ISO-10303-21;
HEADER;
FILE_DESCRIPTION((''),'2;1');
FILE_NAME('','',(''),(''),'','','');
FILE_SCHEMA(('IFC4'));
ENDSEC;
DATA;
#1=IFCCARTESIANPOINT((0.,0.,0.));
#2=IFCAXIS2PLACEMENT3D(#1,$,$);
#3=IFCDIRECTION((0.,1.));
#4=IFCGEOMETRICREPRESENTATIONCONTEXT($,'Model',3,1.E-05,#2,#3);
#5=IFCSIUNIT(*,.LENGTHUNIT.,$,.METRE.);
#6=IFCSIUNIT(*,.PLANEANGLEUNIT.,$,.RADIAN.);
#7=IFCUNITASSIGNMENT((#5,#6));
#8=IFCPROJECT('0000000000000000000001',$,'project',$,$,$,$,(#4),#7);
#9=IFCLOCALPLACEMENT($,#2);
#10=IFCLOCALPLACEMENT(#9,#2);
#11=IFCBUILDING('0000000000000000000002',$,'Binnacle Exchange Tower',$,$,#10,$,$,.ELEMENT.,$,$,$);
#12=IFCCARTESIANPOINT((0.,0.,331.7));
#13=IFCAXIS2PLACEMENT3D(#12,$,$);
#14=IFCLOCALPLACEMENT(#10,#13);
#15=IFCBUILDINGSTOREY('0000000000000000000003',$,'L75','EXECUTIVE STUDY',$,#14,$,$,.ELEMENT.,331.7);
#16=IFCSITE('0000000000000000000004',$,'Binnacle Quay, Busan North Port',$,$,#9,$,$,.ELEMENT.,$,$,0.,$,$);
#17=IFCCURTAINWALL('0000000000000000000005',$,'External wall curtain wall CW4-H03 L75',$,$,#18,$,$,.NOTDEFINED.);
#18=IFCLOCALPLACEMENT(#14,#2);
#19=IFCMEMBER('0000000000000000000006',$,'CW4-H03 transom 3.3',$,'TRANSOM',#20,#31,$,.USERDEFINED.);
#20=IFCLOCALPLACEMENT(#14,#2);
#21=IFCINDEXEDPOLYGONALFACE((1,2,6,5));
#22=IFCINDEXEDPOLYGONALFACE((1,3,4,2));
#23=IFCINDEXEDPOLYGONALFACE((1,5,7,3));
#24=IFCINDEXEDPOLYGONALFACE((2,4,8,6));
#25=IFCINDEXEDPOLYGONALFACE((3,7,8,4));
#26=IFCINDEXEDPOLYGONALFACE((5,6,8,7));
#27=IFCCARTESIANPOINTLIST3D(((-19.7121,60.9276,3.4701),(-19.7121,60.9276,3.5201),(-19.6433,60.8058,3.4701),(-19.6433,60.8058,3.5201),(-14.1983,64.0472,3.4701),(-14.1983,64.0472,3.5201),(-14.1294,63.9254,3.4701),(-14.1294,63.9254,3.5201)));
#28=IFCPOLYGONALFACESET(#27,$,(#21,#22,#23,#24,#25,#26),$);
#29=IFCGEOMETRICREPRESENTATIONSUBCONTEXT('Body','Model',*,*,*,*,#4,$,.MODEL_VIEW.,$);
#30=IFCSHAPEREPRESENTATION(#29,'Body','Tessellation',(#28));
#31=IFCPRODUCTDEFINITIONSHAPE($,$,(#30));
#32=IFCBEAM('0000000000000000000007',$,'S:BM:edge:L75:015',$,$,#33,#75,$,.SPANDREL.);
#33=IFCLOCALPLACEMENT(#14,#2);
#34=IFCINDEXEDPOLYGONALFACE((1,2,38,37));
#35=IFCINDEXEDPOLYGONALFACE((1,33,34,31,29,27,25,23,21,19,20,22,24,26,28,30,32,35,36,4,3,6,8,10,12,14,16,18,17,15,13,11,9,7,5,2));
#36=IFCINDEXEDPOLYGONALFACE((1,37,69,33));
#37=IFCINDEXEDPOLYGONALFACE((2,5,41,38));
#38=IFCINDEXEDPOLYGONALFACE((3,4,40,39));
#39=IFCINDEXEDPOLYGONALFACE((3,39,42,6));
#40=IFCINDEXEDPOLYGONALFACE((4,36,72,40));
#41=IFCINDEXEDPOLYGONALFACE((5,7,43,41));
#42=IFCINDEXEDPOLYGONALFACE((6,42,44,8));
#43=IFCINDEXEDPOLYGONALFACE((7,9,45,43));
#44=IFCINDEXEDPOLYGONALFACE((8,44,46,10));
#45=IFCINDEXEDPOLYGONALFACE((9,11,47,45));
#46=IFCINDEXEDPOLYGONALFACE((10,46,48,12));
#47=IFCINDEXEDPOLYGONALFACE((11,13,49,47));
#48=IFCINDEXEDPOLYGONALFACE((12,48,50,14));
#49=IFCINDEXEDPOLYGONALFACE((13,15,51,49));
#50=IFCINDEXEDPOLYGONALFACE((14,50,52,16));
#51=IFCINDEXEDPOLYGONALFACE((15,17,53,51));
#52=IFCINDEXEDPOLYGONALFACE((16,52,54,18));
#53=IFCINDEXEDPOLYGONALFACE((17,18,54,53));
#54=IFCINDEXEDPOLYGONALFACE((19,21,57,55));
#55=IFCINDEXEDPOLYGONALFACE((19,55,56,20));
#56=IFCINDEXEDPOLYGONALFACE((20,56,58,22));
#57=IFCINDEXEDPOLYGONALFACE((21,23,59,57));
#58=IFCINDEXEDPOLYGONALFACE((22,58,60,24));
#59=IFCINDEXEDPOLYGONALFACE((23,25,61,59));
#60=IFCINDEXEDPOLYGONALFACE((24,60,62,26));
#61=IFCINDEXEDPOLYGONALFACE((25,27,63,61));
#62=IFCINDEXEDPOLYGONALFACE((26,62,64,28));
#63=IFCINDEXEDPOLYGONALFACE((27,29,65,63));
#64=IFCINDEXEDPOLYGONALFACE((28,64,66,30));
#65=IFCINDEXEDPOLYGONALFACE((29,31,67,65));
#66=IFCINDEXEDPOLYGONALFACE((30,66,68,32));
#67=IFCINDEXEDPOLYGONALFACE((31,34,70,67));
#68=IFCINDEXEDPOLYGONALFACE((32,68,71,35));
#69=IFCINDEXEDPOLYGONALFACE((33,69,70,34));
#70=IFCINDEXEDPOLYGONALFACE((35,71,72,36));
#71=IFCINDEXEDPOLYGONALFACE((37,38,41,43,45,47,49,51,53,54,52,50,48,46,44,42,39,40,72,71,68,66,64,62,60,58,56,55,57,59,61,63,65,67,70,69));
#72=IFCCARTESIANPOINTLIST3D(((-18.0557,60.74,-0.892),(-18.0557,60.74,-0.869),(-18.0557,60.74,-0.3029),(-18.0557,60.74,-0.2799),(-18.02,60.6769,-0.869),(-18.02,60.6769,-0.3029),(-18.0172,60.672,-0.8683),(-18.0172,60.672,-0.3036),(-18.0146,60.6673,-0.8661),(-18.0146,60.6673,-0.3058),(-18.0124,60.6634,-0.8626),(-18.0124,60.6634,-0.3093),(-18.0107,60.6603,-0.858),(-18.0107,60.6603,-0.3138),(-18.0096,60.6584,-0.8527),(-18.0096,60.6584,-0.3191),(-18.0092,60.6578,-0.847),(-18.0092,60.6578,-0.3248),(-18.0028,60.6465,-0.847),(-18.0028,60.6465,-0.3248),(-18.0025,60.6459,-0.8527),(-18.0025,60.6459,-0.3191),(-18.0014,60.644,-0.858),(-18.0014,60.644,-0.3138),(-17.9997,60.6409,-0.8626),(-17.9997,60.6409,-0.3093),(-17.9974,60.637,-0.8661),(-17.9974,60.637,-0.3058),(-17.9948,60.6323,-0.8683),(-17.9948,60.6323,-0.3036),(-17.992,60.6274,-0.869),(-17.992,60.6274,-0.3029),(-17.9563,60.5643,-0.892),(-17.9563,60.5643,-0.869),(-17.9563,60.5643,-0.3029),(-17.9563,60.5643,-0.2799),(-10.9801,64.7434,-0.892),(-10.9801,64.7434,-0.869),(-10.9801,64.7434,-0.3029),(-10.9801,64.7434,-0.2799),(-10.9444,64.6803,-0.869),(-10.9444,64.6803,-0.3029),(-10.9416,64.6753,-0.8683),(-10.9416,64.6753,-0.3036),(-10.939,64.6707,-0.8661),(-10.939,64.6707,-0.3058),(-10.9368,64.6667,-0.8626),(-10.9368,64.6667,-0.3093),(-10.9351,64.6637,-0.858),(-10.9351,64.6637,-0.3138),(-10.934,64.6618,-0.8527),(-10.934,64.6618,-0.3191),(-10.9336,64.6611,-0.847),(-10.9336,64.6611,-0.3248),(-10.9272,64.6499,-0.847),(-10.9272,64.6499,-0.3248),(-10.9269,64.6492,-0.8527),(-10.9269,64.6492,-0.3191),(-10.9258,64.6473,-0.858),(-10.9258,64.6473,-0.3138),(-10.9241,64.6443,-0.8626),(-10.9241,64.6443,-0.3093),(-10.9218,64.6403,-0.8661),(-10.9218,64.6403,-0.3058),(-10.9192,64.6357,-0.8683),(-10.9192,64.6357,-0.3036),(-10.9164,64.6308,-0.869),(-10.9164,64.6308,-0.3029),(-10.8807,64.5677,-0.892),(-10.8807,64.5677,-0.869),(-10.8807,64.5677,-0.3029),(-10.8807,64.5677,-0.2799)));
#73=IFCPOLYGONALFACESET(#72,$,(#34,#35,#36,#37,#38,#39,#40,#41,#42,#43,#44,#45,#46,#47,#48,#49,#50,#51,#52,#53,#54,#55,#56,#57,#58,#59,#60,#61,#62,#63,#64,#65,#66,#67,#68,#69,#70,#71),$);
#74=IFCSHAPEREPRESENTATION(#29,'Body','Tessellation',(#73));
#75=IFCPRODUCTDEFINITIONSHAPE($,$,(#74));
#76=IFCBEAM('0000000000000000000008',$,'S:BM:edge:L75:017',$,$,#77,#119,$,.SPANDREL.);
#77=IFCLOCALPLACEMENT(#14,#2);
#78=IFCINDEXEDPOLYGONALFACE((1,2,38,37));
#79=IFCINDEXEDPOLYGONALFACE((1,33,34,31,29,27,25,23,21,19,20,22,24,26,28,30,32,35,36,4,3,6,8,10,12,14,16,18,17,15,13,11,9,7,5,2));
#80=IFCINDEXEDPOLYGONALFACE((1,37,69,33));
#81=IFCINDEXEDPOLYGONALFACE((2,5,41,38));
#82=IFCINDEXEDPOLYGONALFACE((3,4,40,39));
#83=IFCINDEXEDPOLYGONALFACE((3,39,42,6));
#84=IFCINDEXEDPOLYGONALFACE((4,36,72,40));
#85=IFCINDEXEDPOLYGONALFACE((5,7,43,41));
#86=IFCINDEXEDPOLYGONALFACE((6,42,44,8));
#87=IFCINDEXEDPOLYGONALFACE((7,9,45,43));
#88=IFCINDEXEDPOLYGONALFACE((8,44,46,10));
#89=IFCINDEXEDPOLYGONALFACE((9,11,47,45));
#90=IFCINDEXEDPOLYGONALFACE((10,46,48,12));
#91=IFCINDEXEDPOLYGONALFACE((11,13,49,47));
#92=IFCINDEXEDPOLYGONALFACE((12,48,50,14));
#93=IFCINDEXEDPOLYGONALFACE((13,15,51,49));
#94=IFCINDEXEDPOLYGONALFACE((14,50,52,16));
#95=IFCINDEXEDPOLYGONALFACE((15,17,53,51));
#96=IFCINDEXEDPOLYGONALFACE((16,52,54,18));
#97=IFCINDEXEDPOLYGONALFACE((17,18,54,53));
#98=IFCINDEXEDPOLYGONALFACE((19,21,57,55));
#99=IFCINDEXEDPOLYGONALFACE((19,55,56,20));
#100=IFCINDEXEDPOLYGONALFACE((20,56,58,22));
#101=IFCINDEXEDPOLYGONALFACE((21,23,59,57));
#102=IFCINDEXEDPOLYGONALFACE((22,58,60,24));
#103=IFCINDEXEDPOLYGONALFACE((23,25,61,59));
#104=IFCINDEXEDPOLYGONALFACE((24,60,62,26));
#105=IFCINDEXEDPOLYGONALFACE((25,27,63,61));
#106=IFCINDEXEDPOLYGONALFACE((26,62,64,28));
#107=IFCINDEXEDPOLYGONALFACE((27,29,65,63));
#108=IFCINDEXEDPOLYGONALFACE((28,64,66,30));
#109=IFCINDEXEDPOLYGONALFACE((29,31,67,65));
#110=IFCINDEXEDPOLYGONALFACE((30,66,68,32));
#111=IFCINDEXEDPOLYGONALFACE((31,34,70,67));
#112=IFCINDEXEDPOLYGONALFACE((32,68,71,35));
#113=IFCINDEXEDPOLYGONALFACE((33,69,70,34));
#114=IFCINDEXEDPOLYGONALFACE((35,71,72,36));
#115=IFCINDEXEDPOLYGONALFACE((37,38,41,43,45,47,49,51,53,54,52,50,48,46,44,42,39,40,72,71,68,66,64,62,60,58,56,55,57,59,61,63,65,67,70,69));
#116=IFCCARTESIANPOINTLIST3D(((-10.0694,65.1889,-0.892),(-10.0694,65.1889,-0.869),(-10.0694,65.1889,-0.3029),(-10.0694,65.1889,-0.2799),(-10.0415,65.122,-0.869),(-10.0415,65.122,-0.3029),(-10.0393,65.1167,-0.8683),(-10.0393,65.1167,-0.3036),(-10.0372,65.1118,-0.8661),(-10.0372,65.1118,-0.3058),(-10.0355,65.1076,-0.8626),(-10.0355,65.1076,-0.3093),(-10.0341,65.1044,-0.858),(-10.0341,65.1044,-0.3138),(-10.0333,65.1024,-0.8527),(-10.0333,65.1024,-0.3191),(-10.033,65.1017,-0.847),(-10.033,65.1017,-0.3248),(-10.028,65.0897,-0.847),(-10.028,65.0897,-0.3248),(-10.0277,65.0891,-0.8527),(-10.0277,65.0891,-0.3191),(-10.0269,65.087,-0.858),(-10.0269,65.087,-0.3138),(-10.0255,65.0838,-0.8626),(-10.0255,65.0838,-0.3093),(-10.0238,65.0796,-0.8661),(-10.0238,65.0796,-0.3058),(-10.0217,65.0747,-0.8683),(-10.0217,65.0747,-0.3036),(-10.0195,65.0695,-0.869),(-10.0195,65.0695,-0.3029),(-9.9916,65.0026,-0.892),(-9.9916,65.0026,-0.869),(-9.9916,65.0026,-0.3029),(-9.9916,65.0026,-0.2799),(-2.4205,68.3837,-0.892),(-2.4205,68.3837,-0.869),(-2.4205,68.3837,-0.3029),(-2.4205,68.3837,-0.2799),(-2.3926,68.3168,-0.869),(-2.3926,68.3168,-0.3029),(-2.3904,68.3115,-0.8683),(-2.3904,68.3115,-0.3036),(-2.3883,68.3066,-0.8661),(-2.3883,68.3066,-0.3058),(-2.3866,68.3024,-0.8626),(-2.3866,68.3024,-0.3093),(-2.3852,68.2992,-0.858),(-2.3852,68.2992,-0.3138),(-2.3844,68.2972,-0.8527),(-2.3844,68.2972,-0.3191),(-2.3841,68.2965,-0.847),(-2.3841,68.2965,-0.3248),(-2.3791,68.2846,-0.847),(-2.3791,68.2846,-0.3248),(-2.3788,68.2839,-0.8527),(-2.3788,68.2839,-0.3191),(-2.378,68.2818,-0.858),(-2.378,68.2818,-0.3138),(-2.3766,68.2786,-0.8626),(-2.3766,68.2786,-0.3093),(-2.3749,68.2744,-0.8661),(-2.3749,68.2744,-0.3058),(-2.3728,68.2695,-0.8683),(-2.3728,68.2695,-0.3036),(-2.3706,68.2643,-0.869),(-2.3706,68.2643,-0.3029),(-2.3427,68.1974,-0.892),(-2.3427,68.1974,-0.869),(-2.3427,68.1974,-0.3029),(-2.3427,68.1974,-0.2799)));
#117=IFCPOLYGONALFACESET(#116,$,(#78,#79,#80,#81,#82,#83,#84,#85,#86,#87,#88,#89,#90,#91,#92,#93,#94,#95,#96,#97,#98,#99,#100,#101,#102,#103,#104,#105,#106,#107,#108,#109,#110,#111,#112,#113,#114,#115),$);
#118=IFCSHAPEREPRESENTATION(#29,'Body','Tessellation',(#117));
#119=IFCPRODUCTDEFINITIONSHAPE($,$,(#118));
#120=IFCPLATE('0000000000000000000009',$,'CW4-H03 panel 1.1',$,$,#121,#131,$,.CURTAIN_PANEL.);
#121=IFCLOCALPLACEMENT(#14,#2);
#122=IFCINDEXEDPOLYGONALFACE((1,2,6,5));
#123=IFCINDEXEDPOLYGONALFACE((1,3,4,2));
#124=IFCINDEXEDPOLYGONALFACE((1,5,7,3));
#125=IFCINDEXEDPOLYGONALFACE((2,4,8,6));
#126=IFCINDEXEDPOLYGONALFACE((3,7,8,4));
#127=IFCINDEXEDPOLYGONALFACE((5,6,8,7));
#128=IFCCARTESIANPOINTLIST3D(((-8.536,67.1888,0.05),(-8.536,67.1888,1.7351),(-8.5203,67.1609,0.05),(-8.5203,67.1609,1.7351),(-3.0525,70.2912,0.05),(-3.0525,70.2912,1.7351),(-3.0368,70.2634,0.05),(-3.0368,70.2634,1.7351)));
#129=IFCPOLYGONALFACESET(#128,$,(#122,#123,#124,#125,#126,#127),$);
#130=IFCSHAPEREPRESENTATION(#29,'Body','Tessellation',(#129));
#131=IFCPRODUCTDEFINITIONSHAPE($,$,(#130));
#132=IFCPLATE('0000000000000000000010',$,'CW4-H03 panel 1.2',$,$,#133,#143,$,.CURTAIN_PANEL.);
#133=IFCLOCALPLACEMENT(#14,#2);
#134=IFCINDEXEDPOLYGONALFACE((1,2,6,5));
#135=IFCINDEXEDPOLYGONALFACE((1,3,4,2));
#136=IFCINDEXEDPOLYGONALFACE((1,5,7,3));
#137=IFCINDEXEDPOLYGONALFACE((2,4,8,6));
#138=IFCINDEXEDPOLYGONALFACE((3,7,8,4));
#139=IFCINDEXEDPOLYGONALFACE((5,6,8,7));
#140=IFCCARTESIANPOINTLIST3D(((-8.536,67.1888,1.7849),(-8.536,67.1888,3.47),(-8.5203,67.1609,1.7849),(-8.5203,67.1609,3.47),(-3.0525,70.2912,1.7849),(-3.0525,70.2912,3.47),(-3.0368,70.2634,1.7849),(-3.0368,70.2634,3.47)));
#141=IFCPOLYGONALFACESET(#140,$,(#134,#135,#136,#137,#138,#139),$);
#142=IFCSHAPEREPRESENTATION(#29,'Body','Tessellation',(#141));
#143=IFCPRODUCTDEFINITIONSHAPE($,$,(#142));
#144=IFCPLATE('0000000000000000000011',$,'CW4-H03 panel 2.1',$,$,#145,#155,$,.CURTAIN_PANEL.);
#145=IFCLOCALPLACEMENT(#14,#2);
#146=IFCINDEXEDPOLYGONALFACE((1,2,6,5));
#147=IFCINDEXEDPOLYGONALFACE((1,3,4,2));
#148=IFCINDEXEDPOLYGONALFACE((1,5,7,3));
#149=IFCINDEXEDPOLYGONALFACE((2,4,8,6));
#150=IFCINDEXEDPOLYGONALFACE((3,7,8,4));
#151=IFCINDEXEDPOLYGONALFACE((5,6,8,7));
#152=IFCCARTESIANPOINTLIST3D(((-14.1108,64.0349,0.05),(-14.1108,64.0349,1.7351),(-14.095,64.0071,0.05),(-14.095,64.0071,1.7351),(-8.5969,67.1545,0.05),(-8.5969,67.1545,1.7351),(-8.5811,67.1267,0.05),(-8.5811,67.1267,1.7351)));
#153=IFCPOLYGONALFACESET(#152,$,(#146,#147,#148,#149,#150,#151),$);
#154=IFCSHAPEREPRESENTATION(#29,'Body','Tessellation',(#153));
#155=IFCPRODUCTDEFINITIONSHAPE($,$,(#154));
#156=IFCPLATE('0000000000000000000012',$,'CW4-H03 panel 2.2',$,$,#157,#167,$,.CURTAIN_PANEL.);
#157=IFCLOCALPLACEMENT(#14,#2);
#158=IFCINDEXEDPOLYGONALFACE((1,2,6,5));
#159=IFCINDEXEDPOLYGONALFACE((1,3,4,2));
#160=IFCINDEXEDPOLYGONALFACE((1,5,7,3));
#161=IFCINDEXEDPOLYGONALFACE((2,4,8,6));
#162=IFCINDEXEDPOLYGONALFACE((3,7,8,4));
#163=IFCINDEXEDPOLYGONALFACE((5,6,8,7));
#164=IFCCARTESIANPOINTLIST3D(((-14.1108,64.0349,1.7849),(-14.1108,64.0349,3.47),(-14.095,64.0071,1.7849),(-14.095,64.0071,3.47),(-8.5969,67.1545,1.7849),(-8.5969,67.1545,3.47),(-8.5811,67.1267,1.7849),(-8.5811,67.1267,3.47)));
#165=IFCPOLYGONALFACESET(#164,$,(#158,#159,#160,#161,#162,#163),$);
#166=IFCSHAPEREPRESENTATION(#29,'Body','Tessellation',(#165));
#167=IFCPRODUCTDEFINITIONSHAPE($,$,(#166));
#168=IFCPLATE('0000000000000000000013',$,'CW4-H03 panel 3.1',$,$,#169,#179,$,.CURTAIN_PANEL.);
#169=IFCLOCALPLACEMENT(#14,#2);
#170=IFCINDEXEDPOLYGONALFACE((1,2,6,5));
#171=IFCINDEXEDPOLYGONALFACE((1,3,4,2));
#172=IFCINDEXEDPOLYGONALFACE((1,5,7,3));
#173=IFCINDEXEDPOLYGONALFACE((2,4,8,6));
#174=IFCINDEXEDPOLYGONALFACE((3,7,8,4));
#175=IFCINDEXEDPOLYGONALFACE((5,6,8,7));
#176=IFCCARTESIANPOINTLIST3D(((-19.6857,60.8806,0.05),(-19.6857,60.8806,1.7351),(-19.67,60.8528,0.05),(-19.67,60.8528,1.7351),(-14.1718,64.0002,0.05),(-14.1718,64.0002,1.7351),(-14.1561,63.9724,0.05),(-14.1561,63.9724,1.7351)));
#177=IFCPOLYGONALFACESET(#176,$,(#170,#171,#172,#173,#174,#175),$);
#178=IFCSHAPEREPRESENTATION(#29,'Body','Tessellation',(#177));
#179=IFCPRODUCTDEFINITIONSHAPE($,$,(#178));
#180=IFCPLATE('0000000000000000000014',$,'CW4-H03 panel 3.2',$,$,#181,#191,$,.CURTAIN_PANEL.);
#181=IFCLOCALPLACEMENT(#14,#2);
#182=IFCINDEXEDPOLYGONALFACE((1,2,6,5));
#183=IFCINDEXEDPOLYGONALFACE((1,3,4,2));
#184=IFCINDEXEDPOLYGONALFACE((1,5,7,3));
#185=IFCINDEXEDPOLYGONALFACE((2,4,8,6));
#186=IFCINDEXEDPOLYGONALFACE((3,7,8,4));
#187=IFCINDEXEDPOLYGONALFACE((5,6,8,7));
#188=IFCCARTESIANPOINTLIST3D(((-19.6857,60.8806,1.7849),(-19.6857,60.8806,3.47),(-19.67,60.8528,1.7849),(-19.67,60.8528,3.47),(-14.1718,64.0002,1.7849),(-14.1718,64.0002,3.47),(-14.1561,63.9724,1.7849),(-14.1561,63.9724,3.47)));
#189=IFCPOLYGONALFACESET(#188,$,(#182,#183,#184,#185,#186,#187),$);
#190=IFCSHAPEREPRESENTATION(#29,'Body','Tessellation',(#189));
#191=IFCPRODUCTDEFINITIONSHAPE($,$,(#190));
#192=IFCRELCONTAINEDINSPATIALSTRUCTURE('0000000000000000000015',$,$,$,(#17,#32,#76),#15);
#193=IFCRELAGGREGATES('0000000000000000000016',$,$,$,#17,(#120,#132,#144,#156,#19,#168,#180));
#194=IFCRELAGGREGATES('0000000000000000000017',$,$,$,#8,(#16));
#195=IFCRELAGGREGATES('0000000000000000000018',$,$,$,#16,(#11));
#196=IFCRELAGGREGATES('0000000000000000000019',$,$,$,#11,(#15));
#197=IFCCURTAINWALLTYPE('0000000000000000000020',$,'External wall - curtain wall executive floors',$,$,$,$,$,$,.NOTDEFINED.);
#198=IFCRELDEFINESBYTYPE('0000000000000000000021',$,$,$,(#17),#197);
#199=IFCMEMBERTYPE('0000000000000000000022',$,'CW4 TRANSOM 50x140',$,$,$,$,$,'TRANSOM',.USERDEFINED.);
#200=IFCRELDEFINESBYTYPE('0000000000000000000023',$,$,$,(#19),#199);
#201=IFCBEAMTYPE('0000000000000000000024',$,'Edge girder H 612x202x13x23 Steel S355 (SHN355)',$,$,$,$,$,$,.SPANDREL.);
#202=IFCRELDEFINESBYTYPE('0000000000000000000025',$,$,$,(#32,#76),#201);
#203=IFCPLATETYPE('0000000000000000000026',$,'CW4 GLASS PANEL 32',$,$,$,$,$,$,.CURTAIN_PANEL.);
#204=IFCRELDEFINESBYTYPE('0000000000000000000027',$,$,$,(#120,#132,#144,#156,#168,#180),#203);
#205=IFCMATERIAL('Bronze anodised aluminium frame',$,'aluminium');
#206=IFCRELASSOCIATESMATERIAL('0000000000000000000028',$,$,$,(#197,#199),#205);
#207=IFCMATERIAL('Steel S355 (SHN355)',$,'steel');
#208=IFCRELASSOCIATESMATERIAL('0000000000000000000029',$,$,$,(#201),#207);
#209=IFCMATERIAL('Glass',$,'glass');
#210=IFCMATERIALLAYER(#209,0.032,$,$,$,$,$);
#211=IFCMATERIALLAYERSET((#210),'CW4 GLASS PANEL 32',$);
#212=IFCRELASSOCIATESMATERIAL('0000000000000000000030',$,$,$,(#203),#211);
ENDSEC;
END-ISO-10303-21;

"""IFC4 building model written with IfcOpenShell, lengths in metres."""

from ifc_helpers import new_model, si_unit, direction, frame, origin, origin_2d, place, context, subcontext, project, spatial, rectangle, i_section, extrude, material, layer, layer_set, material_profile, profile_set, type_object, element, aggregate, save


model = new_model("IFC4")

# Units and contexts
model_context = context("Model", 3, precision=1e-05, world=origin(), true_north=direction((0.0, 1.0)))
body_context = subcontext(model_context, "Body", "Model", "MODEL_VIEW")
ifc_project = project(units=[si_unit("LENGTHUNIT", "METRE"), si_unit("PLANEANGLEUNIT", "RADIAN")], contexts=[model_context])

# Site, building, storey
site_placement = place(None, origin())
site = spatial("IfcSite", under=ifc_project, at=site_placement, Name="Binnacle Quay, Busan North Port", CompositionType="ELEMENT", RefElevation=0.0)
building_placement = place(site_placement, origin())
building = spatial("IfcBuilding", under=site, at=building_placement, Name="Binnacle Exchange Tower", CompositionType="ELEMENT")
storey_placement = place(building_placement, frame((0.0, 0.0, 331.7)))
storey = spatial("IfcBuildingStorey", under=building, at=storey_placement, Name="L75", Description="EXECUTIVE STUDY", CompositionType="ELEMENT", Elevation=331.7)

# Curtain wall, member
ifc_material_1 = material(Name="Bronze anodised aluminium frame", Category="aluminium")
curtain_wall_type = type_object("IfcCurtainWallType", Name="External wall - curtain wall executive floors", PredefinedType="NOTDEFINED", material=ifc_material_1)
curtain_wall_placement = place(storey_placement, origin())
curtain_wall = element("IfcCurtainWall", 1, at=curtain_wall_placement, inside=storey, type_object=curtain_wall_type, Name="External wall curtain wall CW4-H03 L75", PredefinedType="NOTDEFINED")
ifc_material_profile_1 = material_profile(ifc_material_1, rectangle(XDim=0.1399, YDim=0.05, at=origin_2d()), Name="AL 140x50")
ifc_profile_set_1 = profile_set([ifc_material_profile_1], Name="Bronze anodised aluminium frame")
member_type_1 = type_object("IfcMemberType", Name="CW4 TRANSOM 50x140", ElementType="TRANSOM", PredefinedType="USERDEFINED", material=ifc_profile_set_1)
member_1_placement = place(storey_placement, frame((-14.1638, 63.9863, 3.4951), z_axis=(-0.870355, -0.492424, 0.0), x_axis=(0.492424, -0.870355, 0.0)))
member_1 = element("IfcMember", 2, at=member_1_placement, type_object=member_type_1, Name="CW4-H03 transom 3.3", ObjectType="TRANSOM", PredefinedType="USERDEFINED", context=body_context, shape_type="SweptSolid", body=[
    extrude(rectangle(XDim=0.1399, YDim=0.05, at=origin_2d()), origin(), (0.0, 0.0, 1.0), 6.3352),
])

# Beams
ifc_material_2 = material(Name="Steel S355 (SHN355)", Category="steel")
ifc_material_profile_2 = material_profile(ifc_material_2, i_section(OverallWidth=0.2019, OverallDepth=0.6121, WebThickness=0.0129, FlangeThickness=0.0229, FilletRadius=0.022, at=origin_2d()), Name="H 612x202x13x23")
ifc_profile_set_2 = profile_set([ifc_material_profile_2], Name="Steel S355 (SHN355)")
beam_type = type_object("IfcBeamType", Name="Edge girder H 612x202x13x23 Steel S355 (SHN355)", PredefinedType="SPANDREL", material=ifc_profile_set_2)
beam_1_placement = place(storey_placement, frame((-10.9304, 64.6555, -0.5859), z_axis=(-0.870346, -0.492441, 0.0), x_axis=(0.492441, -0.870346, 0.0)))
element("IfcBeam", 3, at=beam_1_placement, inside=storey, type_object=beam_type, Name="S:BM:edge:L75:015", PredefinedType="SPANDREL", context=body_context, shape_type="SweptSolid", body=[
    extrude(i_section(OverallWidth=0.2019, OverallDepth=0.6121, WebThickness=0.0129, FlangeThickness=0.0229, FilletRadius=0.022, at=origin_2d()), origin(), (0.0, 0.0, 1.0), 8.1296),
])
beam_2_placement = place(storey_placement, frame((-2.3816, 68.2905, -0.5859), z_axis=(-0.922744, -0.385414, 0.0), x_axis=(0.385414, -0.922744, 0.0)))
element("IfcBeam", 4, at=beam_2_placement, inside=storey, type_object=beam_type, Name="S:BM:edge:L75:017", PredefinedType="SPANDREL", context=body_context, shape_type="SweptSolid", body=[
    extrude(i_section(OverallWidth=0.2019, OverallDepth=0.6121, WebThickness=0.0129, FlangeThickness=0.0229, FilletRadius=0.022, at=origin_2d()), origin(), (0.0, 0.0, 1.0), 8.2893),
])

# Plates
ifc_material_3 = material(Name="Glass", Category="glass")
ifc_layer_1 = layer(ifc_material_3, 0.032)
ifc_layer_set_1 = layer_set([ifc_layer_1], Name="CW4 GLASS PANEL 32")
plate_type = type_object("IfcPlateType", Name="CW4 GLASS PANEL 32", PredefinedType="CURTAIN_PANEL", material=ifc_layer_set_1)
plate_1_placement = place(storey_placement, frame((-5.7864, 68.7261, 0.05), z_axis=(0.0, 0.0, 1.0), x_axis=(-0.870356, -0.492424, 0.0)))
plate_1 = element("IfcPlate", 5, at=plate_1_placement, type_object=plate_type, Name="CW4-H03 panel 1.1", PredefinedType="CURTAIN_PANEL", context=body_context, shape_type="SweptSolid", body=[
    extrude(rectangle(XDim=6.3003, YDim=0.032, at=origin_2d()), origin(), (0.0, 0.0, 1.0), 1.6851),
])
plate_2_placement = place(storey_placement, frame((-5.7864, 68.7261, 1.7849), z_axis=(0.0, 0.0, 1.0), x_axis=(-0.870356, -0.492424, 0.0)))
plate_2 = element("IfcPlate", 6, at=plate_2_placement, type_object=plate_type, Name="CW4-H03 panel 1.2", PredefinedType="CURTAIN_PANEL", context=body_context, shape_type="SweptSolid", body=[
    extrude(rectangle(XDim=6.3003, YDim=0.032, at=origin_2d()), origin(), (0.0, 0.0, 1.0), 1.6851),
])
plate_3_placement = place(storey_placement, frame((-11.3459, 65.5808, 0.05), z_axis=(0.0, 0.0, 1.0), x_axis=(-0.870356, -0.492424, 0.0)))
plate_3 = element("IfcPlate", 7, at=plate_3_placement, type_object=plate_type, Name="CW4-H03 panel 2.1", PredefinedType="CURTAIN_PANEL", context=body_context, shape_type="SweptSolid", body=[
    extrude(rectangle(XDim=6.3352, YDim=0.032, at=origin_2d()), origin(), (0.0, 0.0, 1.0), 1.6851),
])
plate_4_placement = place(storey_placement, frame((-11.3459, 65.5808, 1.7849), z_axis=(0.0, 0.0, 1.0), x_axis=(-0.870356, -0.492424, 0.0)))
plate_4 = element("IfcPlate", 8, at=plate_4_placement, type_object=plate_type, Name="CW4-H03 panel 2.2", PredefinedType="CURTAIN_PANEL", context=body_context, shape_type="SweptSolid", body=[
    extrude(rectangle(XDim=6.3352, YDim=0.032, at=origin_2d()), origin(), (0.0, 0.0, 1.0), 1.6851),
])
plate_5_placement = place(storey_placement, frame((-16.9209, 62.4265, 0.05), z_axis=(0.0, 0.0, 1.0), x_axis=(-0.870356, -0.492424, 0.0)))
plate_5 = element("IfcPlate", 9, at=plate_5_placement, type_object=plate_type, Name="CW4-H03 panel 3.1", PredefinedType="CURTAIN_PANEL", context=body_context, shape_type="SweptSolid", body=[
    extrude(rectangle(XDim=6.3352, YDim=0.032, at=origin_2d()), origin(), (0.0, 0.0, 1.0), 1.6851),
])
plate_6_placement = place(storey_placement, frame((-16.9209, 62.4265, 1.7849), z_axis=(0.0, 0.0, 1.0), x_axis=(-0.870356, -0.492424, 0.0)))
plate_6 = element("IfcPlate", 10, at=plate_6_placement, type_object=plate_type, Name="CW4-H03 panel 3.2", PredefinedType="CURTAIN_PANEL", context=body_context, shape_type="SweptSolid", body=[
    extrude(rectangle(XDim=6.3352, YDim=0.032, at=origin_2d()), origin(), (0.0, 0.0, 1.0), 1.6851),
])
aggregate(curtain_wall, [plate_1, plate_2, plate_3, plate_4, member_1, plate_5, plate_6])

save(model, "model.ifc")
